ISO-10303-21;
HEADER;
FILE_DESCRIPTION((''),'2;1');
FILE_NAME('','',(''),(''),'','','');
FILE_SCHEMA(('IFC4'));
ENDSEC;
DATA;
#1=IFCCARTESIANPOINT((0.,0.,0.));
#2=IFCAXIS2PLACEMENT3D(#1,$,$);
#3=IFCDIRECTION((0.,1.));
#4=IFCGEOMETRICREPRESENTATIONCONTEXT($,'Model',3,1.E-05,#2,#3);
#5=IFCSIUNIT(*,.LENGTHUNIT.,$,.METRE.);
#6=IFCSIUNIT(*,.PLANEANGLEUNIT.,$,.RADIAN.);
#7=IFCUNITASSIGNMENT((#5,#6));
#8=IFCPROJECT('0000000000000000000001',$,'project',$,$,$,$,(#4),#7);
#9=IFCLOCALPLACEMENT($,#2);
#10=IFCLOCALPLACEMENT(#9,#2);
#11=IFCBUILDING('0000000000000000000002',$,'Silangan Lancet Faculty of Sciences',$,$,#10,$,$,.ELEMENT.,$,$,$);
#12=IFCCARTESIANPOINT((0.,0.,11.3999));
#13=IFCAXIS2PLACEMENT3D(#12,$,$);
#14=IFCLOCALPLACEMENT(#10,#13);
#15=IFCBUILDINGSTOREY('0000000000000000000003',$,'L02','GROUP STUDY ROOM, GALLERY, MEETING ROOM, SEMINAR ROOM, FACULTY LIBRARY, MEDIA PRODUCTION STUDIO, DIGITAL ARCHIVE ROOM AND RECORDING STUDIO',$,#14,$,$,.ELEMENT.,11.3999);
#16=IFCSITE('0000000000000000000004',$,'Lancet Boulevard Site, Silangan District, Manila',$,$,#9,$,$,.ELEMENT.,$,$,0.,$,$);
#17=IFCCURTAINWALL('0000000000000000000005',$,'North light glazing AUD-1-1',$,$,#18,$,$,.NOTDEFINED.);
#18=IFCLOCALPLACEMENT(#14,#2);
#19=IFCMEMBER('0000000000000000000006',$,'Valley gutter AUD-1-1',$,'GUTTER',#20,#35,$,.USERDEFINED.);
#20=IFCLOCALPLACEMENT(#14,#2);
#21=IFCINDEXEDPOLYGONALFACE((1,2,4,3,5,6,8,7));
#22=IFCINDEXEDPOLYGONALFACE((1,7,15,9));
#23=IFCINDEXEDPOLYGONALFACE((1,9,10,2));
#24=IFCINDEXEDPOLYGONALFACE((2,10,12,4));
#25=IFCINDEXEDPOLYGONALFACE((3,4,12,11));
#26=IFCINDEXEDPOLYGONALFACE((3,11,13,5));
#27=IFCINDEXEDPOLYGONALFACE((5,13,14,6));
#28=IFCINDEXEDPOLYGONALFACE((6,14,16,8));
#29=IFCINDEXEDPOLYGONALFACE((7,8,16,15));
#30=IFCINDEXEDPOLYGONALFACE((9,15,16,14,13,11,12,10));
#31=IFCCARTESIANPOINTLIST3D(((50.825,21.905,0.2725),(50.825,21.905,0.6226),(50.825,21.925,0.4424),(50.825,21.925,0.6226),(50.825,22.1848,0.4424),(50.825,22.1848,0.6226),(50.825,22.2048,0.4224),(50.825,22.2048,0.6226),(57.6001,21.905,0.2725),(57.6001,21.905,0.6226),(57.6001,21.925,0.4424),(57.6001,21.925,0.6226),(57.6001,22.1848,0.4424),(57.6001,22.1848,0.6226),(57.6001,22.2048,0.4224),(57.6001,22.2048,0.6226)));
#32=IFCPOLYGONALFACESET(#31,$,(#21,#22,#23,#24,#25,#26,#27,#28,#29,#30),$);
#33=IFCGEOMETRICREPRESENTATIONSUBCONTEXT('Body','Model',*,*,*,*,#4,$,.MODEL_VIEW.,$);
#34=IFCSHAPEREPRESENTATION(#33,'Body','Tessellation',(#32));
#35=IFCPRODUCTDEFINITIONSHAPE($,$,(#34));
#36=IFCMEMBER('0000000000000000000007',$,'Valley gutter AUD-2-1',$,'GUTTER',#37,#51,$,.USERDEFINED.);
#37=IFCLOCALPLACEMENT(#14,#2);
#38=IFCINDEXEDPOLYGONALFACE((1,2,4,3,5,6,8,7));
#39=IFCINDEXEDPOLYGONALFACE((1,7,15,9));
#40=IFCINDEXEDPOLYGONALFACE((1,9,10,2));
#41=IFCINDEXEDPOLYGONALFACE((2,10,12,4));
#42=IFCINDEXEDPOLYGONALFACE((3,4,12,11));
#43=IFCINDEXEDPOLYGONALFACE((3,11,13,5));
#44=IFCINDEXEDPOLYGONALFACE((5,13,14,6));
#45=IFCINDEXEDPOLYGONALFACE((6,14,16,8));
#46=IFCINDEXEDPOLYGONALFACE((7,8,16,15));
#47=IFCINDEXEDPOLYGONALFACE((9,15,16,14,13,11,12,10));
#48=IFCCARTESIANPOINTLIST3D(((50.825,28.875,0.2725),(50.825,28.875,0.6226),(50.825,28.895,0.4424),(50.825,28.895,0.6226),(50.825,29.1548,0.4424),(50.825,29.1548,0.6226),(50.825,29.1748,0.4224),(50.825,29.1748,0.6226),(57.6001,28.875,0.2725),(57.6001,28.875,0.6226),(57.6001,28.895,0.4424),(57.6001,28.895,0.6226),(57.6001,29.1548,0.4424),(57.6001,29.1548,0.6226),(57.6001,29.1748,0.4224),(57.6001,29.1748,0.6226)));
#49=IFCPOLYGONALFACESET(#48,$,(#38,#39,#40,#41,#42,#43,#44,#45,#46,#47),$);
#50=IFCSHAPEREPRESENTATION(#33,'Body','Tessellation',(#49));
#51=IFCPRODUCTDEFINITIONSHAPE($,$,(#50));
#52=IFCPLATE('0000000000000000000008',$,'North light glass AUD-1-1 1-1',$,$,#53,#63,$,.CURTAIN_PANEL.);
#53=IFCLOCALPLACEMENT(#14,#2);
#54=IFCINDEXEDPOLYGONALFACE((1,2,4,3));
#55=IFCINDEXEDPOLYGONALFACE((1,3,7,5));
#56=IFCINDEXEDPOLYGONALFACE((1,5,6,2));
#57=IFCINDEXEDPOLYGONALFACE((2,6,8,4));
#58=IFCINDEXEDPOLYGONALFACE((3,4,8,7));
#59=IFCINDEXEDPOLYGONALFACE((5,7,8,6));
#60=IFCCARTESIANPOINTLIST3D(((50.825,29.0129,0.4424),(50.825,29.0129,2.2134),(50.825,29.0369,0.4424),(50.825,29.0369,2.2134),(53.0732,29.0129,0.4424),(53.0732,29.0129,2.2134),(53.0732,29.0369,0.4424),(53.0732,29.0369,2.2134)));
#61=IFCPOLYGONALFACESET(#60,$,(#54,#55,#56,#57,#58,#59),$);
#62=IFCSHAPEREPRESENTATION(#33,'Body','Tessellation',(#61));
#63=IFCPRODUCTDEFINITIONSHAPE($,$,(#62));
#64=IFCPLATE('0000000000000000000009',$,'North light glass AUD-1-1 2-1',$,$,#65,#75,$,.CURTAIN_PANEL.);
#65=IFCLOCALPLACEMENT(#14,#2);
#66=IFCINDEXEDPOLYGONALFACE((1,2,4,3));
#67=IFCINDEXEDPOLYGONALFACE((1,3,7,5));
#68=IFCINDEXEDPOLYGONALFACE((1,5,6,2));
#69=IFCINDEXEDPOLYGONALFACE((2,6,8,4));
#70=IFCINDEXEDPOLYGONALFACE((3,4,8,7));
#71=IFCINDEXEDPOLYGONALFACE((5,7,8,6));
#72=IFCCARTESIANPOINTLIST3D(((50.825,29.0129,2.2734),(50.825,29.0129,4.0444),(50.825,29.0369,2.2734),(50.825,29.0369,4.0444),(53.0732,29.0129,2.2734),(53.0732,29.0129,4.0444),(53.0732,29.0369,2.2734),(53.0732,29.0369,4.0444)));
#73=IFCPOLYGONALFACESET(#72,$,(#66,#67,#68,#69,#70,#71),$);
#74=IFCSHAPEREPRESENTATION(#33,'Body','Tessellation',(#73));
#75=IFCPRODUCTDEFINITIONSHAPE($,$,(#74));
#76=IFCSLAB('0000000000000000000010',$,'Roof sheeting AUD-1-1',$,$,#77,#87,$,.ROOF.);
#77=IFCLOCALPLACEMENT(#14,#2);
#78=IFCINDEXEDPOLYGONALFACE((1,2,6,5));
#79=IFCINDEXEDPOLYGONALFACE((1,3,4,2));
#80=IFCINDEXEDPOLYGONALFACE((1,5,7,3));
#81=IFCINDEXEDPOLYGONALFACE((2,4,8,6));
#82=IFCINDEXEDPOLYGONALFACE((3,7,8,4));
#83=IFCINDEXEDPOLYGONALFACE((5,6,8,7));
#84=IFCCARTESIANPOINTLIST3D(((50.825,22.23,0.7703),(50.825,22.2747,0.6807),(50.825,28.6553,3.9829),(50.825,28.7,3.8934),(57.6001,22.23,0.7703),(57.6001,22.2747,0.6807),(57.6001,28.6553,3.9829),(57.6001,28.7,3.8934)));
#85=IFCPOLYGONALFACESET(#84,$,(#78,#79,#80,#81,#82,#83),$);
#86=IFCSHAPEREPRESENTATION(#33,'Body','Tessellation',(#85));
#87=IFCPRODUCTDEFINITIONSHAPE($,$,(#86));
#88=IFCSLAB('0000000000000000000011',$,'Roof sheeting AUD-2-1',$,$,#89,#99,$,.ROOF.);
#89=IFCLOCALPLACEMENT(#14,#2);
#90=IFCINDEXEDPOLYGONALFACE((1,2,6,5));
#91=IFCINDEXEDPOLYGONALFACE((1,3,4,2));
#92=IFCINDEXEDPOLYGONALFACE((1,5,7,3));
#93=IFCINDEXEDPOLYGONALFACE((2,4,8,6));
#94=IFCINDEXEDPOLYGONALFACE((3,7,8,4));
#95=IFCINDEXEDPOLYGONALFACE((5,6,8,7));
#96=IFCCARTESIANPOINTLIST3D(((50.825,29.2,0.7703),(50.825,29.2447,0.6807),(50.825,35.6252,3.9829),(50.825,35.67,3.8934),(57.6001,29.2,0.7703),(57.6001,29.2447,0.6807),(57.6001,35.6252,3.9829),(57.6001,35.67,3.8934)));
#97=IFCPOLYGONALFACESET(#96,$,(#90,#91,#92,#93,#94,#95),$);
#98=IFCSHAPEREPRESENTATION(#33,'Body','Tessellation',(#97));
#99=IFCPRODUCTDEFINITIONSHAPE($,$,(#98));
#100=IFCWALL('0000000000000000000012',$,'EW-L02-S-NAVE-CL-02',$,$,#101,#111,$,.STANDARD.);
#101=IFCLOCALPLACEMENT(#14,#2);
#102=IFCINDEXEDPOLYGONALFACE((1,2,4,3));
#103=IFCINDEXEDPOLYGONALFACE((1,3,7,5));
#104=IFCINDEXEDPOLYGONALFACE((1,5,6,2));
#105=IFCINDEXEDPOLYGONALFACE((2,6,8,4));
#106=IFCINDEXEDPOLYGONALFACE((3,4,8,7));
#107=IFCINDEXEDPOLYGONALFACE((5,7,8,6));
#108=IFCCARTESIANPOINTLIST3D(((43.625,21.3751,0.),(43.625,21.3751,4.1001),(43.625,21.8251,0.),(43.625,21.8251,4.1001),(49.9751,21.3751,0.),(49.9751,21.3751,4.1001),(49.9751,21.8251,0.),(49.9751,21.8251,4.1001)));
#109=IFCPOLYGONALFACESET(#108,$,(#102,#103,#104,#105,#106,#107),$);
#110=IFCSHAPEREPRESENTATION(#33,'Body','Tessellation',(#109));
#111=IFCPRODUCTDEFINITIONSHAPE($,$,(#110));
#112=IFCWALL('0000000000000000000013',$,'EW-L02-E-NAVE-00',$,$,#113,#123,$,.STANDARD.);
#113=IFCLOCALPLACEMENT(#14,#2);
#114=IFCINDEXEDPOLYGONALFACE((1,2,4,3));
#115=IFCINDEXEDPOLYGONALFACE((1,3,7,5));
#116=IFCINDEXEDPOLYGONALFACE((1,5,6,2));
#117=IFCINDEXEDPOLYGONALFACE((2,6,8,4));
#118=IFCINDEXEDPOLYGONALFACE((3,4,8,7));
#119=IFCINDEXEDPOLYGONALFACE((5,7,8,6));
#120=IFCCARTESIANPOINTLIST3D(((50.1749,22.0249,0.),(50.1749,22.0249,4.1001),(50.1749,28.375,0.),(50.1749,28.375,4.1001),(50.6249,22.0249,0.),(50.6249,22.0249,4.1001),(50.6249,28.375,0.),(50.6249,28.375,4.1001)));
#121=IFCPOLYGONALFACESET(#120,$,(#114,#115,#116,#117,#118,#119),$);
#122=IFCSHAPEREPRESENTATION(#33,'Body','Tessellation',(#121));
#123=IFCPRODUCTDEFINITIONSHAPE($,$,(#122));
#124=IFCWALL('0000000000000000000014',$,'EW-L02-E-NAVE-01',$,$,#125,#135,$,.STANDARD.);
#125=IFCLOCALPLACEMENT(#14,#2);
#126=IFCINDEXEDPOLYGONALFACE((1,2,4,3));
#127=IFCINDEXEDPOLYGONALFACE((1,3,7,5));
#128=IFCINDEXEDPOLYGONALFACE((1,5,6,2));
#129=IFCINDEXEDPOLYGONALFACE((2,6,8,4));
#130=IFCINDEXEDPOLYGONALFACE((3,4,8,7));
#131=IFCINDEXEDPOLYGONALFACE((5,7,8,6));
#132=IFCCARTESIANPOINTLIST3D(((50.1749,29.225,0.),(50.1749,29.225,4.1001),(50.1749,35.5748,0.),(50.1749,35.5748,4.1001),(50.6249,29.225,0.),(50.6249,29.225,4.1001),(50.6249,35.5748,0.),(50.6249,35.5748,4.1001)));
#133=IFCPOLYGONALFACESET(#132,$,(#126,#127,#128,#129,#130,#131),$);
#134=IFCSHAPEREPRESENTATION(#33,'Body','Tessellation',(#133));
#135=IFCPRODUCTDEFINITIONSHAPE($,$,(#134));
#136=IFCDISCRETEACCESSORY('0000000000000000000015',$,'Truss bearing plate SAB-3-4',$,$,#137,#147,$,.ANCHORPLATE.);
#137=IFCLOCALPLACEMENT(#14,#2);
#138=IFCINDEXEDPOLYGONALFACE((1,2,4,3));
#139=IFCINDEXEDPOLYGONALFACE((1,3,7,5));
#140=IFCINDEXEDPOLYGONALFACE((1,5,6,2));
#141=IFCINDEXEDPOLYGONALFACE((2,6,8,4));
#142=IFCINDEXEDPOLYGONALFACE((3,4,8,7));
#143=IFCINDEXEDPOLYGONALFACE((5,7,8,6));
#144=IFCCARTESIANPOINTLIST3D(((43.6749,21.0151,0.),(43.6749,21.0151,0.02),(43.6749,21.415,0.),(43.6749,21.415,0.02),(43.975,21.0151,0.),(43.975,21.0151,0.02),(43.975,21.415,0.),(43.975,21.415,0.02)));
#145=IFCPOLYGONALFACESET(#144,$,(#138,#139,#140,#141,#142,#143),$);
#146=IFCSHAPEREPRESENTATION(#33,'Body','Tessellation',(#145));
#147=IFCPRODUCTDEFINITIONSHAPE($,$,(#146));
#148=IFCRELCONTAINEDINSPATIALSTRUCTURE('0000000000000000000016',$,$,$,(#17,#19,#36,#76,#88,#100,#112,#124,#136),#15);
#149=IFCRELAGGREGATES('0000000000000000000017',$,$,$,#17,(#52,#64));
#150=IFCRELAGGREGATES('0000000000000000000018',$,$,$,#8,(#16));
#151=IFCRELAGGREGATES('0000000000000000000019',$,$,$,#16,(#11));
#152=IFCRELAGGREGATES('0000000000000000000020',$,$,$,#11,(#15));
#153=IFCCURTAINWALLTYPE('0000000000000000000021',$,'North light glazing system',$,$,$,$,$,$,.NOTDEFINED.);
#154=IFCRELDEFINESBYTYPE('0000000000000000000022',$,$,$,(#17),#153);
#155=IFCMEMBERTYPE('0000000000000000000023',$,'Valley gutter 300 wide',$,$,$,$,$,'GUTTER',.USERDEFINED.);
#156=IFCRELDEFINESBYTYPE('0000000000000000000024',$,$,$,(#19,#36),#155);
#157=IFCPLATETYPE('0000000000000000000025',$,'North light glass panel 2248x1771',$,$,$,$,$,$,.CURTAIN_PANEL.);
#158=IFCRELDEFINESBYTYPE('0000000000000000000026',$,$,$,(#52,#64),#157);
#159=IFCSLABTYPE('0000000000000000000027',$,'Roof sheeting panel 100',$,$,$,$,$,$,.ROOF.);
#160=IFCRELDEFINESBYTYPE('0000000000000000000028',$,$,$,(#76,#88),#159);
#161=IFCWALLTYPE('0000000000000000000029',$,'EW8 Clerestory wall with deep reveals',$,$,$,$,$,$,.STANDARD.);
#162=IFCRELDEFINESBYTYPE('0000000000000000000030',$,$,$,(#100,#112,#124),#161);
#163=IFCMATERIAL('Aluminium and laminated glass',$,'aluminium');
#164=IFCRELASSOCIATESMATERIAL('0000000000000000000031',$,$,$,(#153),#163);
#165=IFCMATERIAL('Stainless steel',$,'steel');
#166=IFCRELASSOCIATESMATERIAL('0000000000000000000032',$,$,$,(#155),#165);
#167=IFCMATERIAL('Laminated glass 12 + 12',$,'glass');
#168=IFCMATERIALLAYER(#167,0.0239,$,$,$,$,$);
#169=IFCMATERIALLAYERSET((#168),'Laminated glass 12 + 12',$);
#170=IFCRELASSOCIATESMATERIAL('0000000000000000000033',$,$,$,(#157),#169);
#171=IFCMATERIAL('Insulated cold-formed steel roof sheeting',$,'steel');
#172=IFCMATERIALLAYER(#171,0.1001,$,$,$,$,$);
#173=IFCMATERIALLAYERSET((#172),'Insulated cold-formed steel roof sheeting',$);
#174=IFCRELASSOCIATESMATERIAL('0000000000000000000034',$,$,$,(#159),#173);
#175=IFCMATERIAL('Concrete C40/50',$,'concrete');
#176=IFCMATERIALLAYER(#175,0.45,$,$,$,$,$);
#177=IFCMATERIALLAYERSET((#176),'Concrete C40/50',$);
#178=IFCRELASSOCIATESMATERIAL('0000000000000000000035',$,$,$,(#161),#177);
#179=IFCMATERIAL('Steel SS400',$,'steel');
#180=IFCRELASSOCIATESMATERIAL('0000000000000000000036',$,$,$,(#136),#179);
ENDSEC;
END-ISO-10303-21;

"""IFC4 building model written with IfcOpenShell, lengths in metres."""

from ifc_helpers import new_model, si_unit, direction, frame, frame_2d, origin, origin_2d, place, context, subcontext, project, spatial, polyline, rectangle, outline, extrude, material, layer, layer_set, material_profile, profile_set, type_object, element, aggregate, save


model = new_model("IFC4")

# Units and contexts
model_context = context("Model", 3, precision=1e-05, world=origin(), true_north=direction((0.0, 1.0)))
body_context = subcontext(model_context, "Body", "Model", "MODEL_VIEW")
ifc_project = project(units=[si_unit("LENGTHUNIT", "METRE"), si_unit("PLANEANGLEUNIT", "RADIAN")], contexts=[model_context])

# Site, building, storey
site_placement = place(None, origin())
site = spatial("IfcSite", under=ifc_project, at=site_placement, Name="Lancet Boulevard Site, Silangan District, Manila", CompositionType="ELEMENT", RefElevation=0.0)
building_placement = place(site_placement, origin())
building = spatial("IfcBuilding", under=site, at=building_placement, Name="Silangan Lancet Faculty of Sciences", CompositionType="ELEMENT")
storey_placement = place(building_placement, frame((0.0, 0.0, 11.3999)))
storey = spatial("IfcBuildingStorey", under=building, at=storey_placement, Name="L02", Description="GROUP STUDY ROOM, GALLERY, MEETING ROOM, SEMINAR ROOM, FACULTY LIBRARY, MEDIA PRODUCTION STUDIO, DIGITAL ARCHIVE ROOM AND RECORDING STUDIO", CompositionType="ELEMENT", Elevation=11.3999)

# Curtain wall
ifc_material_1 = material(Name="Aluminium and laminated glass", Category="aluminium")
curtain_wall_type = type_object("IfcCurtainWallType", Name="North light glazing system", PredefinedType="NOTDEFINED", material=ifc_material_1)
curtain_wall_placement = place(storey_placement, origin())
curtain_wall = element("IfcCurtainWall", 1, at=curtain_wall_placement, inside=storey, type_object=curtain_wall_type, Name="North light glazing AUD-1-1", PredefinedType="NOTDEFINED")

# Members
ifc_material_2 = material(Name="Stainless steel", Category="steel")
ifc_material_profile_1 = material_profile(ifc_material_2, outline(polyline([(-0.1499, 0.0), (0.1499, 0.1499), (0.1499, 0.3501), (0.1299, 0.3501), (0.1299, 0.1699), (-0.1299, 0.1699), (-0.1299, 0.3501), (-0.1499, 0.3501), (-0.1499, 0.0)])), Name="valley gutter")
ifc_profile_set_1 = profile_set([ifc_material_profile_1], Name="Stainless steel")
member_type_1 = type_object("IfcMemberType", Name="Valley gutter 300 wide", ElementType="GUTTER", PredefinedType="USERDEFINED", material=ifc_profile_set_1)
for number, where, z_axis, x_axis, name in (
    (2, (50.825, 22.0549, 0.2725), (1.0, 0.0, 0.0), (0.0, 1.0, 0.0), "Valley gutter AUD-1-1"),
    (3, (50.825, 29.0249, 0.2725), (1.0, 0.0, 0.0), (0.0, 1.0, 0.0), "Valley gutter AUD-2-1"),
):
    element("IfcMember", number, at=place(storey_placement, frame(where, z_axis=z_axis, x_axis=x_axis)), inside=storey, type_object=member_type_1, Name=name, ObjectType="GUTTER", PredefinedType="USERDEFINED", context=body_context, shape_type="SweptSolid", body=[
        extrude(outline(polyline([(-0.1499, 0.0), (0.1499, 0.1499), (0.1499, 0.3501), (0.1299, 0.3501), (0.1299, 0.1699), (-0.1299, 0.1699), (-0.1299, 0.3501), (-0.1499, 0.3501), (-0.1499, 0.0)])), origin(), (0.0, 0.0, 1.0), 6.7751),
    ])

# Plates
ifc_material_3 = material(Name="Laminated glass 12 + 12", Category="glass")
ifc_layer_1 = layer(ifc_material_3, 0.0239)
ifc_layer_set_1 = layer_set([ifc_layer_1], Name="Laminated glass 12 + 12")
plate_type = type_object("IfcPlateType", Name="North light glass panel 2248x1771", PredefinedType="CURTAIN_PANEL", material=ifc_layer_set_1)
plate_1_placement = place(storey_placement, frame((50.825, 29.0129, 0.4424), z_axis=(0.0, -1.0, 0.0), x_axis=(1.0, 0.0, 0.0)))
plate_1 = element("IfcPlate", 4, at=plate_1_placement, type_object=plate_type, Name="North light glass AUD-1-1 1-1", PredefinedType="CURTAIN_PANEL", context=body_context, shape_type="SweptSolid", body=[
    extrude(outline(polyline([(0.0, 0.0), (2.2483, 0.0), (2.2483, 1.771), (0.0, 1.771), (0.0, 0.0)])), origin(), (0.0, 0.0, -1.0), 0.0239),
])
plate_2_placement = place(storey_placement, frame((50.825, 29.0129, 2.2734), z_axis=(0.0, -1.0, 0.0), x_axis=(1.0, 0.0, 0.0)))
plate_2 = element("IfcPlate", 5, at=plate_2_placement, type_object=plate_type, Name="North light glass AUD-1-1 2-1", PredefinedType="CURTAIN_PANEL", context=body_context, shape_type="SweptSolid", body=[
    extrude(outline(polyline([(0.0, 0.0), (2.2483, 0.0), (2.2483, 1.771), (0.0, 1.771), (0.0, 0.0)])), origin(), (0.0, 0.0, -1.0), 0.0239),
])
aggregate(curtain_wall, [plate_1, plate_2])

# Slabs
ifc_material_4 = material(Name="Insulated cold-formed steel roof sheeting", Category="steel")
ifc_layer_2 = layer(ifc_material_4, 0.1001)
ifc_layer_set_2 = layer_set([ifc_layer_2], Name="Insulated cold-formed steel roof sheeting")
slab_type = type_object("IfcSlabType", Name="Roof sheeting panel 100", PredefinedType="ROOF", material=ifc_layer_set_2)
for number, where, z_axis, x_axis, name in (
    (6, (50.825, 22.23, 0.7703), (0.0, -0.447214, 0.894427), (1.0, 0.0, 0.0), "Roof sheeting AUD-1-1"),
    (7, (50.825, 29.2, 0.7703), (0.0, -0.447214, 0.894427), (1.0, 0.0, 0.0), "Roof sheeting AUD-2-1"),
):
    element("IfcSlab", number, at=place(storey_placement, frame(where, z_axis=z_axis, x_axis=x_axis)), inside=storey, type_object=slab_type, Name=name, PredefinedType="ROOF", context=body_context, shape_type="SweptSolid", body=[
        extrude(outline(polyline([(0.0, 0.0), (6.7751, 0.0), (6.7751, 7.1837), (0.0, 7.1837), (0.0, 0.0)])), origin(), (0.0, 0.0, -1.0), 0.1001),
    ])

# Walls
ifc_material_5 = material(Name="Concrete C40/50", Category="concrete")
ifc_layer_3 = layer(ifc_material_5, 0.45)
ifc_layer_set_3 = layer_set([ifc_layer_3], Name="Concrete C40/50")
wall_type = type_object("IfcWallType", Name="EW8 Clerestory wall with deep reveals", PredefinedType="STANDARD", material=ifc_layer_set_3)
for number, where, z_axis, x_axis, name in (
    (8, (43.625, 21.6001, 0.0), (0.0, 0.0, 1.0), (1.0, 0.0, 0.0), "EW-L02-S-NAVE-CL-02"),
    (9, (50.3999, 22.0249, 0.0), (0.0, 0.0, 1.0), (0.0, 1.0, 0.0), "EW-L02-E-NAVE-00"),
):
    element("IfcWall", number, at=place(storey_placement, frame(where, z_axis=z_axis, x_axis=x_axis)), inside=storey, type_object=wall_type, Name=name, PredefinedType="STANDARD", context=body_context, shape_type="SweptSolid", body=[
        extrude(rectangle(XDim=6.3501, YDim=0.45, at=frame_2d((3.175, 0.0))), origin(), (0.0, 0.0, 1.0), 4.1001),
    ])
wall_placement = place(storey_placement, frame((50.3999, 29.2251, 0.0), z_axis=(0.0, 0.0, 1.0), x_axis=(0.0, 1.0, 0.0)))
element("IfcWall", 10, at=wall_placement, inside=storey, type_object=wall_type, Name="EW-L02-E-NAVE-01", PredefinedType="STANDARD", context=body_context, shape_type="SweptSolid", body=[
    extrude(rectangle(XDim=6.3499, YDim=0.45, at=frame_2d((3.1748, 0.0))), origin(), (0.0, 0.0, 1.0), 4.1001),
])

# Discrete accessory
ifc_material_6 = material(Name="Steel SS400", Category="steel")
discrete_accessory_placement = place(storey_placement, frame((43.825, 21.2151, 0.0), z_axis=(0.0, 0.0, 1.0), x_axis=(1.0, 0.0, 0.0)))
element("IfcDiscreteAccessory", 11, at=discrete_accessory_placement, inside=storey, material=ifc_material_6, Name="Truss bearing plate SAB-3-4", PredefinedType="ANCHORPLATE", context=body_context, shape_type="SweptSolid", body=[
    extrude(rectangle(XDim=0.3, YDim=0.3999, at=origin_2d()), origin(), (0.0, 0.0, 1.0), 0.02),
])

save(model, "model.ifc")
